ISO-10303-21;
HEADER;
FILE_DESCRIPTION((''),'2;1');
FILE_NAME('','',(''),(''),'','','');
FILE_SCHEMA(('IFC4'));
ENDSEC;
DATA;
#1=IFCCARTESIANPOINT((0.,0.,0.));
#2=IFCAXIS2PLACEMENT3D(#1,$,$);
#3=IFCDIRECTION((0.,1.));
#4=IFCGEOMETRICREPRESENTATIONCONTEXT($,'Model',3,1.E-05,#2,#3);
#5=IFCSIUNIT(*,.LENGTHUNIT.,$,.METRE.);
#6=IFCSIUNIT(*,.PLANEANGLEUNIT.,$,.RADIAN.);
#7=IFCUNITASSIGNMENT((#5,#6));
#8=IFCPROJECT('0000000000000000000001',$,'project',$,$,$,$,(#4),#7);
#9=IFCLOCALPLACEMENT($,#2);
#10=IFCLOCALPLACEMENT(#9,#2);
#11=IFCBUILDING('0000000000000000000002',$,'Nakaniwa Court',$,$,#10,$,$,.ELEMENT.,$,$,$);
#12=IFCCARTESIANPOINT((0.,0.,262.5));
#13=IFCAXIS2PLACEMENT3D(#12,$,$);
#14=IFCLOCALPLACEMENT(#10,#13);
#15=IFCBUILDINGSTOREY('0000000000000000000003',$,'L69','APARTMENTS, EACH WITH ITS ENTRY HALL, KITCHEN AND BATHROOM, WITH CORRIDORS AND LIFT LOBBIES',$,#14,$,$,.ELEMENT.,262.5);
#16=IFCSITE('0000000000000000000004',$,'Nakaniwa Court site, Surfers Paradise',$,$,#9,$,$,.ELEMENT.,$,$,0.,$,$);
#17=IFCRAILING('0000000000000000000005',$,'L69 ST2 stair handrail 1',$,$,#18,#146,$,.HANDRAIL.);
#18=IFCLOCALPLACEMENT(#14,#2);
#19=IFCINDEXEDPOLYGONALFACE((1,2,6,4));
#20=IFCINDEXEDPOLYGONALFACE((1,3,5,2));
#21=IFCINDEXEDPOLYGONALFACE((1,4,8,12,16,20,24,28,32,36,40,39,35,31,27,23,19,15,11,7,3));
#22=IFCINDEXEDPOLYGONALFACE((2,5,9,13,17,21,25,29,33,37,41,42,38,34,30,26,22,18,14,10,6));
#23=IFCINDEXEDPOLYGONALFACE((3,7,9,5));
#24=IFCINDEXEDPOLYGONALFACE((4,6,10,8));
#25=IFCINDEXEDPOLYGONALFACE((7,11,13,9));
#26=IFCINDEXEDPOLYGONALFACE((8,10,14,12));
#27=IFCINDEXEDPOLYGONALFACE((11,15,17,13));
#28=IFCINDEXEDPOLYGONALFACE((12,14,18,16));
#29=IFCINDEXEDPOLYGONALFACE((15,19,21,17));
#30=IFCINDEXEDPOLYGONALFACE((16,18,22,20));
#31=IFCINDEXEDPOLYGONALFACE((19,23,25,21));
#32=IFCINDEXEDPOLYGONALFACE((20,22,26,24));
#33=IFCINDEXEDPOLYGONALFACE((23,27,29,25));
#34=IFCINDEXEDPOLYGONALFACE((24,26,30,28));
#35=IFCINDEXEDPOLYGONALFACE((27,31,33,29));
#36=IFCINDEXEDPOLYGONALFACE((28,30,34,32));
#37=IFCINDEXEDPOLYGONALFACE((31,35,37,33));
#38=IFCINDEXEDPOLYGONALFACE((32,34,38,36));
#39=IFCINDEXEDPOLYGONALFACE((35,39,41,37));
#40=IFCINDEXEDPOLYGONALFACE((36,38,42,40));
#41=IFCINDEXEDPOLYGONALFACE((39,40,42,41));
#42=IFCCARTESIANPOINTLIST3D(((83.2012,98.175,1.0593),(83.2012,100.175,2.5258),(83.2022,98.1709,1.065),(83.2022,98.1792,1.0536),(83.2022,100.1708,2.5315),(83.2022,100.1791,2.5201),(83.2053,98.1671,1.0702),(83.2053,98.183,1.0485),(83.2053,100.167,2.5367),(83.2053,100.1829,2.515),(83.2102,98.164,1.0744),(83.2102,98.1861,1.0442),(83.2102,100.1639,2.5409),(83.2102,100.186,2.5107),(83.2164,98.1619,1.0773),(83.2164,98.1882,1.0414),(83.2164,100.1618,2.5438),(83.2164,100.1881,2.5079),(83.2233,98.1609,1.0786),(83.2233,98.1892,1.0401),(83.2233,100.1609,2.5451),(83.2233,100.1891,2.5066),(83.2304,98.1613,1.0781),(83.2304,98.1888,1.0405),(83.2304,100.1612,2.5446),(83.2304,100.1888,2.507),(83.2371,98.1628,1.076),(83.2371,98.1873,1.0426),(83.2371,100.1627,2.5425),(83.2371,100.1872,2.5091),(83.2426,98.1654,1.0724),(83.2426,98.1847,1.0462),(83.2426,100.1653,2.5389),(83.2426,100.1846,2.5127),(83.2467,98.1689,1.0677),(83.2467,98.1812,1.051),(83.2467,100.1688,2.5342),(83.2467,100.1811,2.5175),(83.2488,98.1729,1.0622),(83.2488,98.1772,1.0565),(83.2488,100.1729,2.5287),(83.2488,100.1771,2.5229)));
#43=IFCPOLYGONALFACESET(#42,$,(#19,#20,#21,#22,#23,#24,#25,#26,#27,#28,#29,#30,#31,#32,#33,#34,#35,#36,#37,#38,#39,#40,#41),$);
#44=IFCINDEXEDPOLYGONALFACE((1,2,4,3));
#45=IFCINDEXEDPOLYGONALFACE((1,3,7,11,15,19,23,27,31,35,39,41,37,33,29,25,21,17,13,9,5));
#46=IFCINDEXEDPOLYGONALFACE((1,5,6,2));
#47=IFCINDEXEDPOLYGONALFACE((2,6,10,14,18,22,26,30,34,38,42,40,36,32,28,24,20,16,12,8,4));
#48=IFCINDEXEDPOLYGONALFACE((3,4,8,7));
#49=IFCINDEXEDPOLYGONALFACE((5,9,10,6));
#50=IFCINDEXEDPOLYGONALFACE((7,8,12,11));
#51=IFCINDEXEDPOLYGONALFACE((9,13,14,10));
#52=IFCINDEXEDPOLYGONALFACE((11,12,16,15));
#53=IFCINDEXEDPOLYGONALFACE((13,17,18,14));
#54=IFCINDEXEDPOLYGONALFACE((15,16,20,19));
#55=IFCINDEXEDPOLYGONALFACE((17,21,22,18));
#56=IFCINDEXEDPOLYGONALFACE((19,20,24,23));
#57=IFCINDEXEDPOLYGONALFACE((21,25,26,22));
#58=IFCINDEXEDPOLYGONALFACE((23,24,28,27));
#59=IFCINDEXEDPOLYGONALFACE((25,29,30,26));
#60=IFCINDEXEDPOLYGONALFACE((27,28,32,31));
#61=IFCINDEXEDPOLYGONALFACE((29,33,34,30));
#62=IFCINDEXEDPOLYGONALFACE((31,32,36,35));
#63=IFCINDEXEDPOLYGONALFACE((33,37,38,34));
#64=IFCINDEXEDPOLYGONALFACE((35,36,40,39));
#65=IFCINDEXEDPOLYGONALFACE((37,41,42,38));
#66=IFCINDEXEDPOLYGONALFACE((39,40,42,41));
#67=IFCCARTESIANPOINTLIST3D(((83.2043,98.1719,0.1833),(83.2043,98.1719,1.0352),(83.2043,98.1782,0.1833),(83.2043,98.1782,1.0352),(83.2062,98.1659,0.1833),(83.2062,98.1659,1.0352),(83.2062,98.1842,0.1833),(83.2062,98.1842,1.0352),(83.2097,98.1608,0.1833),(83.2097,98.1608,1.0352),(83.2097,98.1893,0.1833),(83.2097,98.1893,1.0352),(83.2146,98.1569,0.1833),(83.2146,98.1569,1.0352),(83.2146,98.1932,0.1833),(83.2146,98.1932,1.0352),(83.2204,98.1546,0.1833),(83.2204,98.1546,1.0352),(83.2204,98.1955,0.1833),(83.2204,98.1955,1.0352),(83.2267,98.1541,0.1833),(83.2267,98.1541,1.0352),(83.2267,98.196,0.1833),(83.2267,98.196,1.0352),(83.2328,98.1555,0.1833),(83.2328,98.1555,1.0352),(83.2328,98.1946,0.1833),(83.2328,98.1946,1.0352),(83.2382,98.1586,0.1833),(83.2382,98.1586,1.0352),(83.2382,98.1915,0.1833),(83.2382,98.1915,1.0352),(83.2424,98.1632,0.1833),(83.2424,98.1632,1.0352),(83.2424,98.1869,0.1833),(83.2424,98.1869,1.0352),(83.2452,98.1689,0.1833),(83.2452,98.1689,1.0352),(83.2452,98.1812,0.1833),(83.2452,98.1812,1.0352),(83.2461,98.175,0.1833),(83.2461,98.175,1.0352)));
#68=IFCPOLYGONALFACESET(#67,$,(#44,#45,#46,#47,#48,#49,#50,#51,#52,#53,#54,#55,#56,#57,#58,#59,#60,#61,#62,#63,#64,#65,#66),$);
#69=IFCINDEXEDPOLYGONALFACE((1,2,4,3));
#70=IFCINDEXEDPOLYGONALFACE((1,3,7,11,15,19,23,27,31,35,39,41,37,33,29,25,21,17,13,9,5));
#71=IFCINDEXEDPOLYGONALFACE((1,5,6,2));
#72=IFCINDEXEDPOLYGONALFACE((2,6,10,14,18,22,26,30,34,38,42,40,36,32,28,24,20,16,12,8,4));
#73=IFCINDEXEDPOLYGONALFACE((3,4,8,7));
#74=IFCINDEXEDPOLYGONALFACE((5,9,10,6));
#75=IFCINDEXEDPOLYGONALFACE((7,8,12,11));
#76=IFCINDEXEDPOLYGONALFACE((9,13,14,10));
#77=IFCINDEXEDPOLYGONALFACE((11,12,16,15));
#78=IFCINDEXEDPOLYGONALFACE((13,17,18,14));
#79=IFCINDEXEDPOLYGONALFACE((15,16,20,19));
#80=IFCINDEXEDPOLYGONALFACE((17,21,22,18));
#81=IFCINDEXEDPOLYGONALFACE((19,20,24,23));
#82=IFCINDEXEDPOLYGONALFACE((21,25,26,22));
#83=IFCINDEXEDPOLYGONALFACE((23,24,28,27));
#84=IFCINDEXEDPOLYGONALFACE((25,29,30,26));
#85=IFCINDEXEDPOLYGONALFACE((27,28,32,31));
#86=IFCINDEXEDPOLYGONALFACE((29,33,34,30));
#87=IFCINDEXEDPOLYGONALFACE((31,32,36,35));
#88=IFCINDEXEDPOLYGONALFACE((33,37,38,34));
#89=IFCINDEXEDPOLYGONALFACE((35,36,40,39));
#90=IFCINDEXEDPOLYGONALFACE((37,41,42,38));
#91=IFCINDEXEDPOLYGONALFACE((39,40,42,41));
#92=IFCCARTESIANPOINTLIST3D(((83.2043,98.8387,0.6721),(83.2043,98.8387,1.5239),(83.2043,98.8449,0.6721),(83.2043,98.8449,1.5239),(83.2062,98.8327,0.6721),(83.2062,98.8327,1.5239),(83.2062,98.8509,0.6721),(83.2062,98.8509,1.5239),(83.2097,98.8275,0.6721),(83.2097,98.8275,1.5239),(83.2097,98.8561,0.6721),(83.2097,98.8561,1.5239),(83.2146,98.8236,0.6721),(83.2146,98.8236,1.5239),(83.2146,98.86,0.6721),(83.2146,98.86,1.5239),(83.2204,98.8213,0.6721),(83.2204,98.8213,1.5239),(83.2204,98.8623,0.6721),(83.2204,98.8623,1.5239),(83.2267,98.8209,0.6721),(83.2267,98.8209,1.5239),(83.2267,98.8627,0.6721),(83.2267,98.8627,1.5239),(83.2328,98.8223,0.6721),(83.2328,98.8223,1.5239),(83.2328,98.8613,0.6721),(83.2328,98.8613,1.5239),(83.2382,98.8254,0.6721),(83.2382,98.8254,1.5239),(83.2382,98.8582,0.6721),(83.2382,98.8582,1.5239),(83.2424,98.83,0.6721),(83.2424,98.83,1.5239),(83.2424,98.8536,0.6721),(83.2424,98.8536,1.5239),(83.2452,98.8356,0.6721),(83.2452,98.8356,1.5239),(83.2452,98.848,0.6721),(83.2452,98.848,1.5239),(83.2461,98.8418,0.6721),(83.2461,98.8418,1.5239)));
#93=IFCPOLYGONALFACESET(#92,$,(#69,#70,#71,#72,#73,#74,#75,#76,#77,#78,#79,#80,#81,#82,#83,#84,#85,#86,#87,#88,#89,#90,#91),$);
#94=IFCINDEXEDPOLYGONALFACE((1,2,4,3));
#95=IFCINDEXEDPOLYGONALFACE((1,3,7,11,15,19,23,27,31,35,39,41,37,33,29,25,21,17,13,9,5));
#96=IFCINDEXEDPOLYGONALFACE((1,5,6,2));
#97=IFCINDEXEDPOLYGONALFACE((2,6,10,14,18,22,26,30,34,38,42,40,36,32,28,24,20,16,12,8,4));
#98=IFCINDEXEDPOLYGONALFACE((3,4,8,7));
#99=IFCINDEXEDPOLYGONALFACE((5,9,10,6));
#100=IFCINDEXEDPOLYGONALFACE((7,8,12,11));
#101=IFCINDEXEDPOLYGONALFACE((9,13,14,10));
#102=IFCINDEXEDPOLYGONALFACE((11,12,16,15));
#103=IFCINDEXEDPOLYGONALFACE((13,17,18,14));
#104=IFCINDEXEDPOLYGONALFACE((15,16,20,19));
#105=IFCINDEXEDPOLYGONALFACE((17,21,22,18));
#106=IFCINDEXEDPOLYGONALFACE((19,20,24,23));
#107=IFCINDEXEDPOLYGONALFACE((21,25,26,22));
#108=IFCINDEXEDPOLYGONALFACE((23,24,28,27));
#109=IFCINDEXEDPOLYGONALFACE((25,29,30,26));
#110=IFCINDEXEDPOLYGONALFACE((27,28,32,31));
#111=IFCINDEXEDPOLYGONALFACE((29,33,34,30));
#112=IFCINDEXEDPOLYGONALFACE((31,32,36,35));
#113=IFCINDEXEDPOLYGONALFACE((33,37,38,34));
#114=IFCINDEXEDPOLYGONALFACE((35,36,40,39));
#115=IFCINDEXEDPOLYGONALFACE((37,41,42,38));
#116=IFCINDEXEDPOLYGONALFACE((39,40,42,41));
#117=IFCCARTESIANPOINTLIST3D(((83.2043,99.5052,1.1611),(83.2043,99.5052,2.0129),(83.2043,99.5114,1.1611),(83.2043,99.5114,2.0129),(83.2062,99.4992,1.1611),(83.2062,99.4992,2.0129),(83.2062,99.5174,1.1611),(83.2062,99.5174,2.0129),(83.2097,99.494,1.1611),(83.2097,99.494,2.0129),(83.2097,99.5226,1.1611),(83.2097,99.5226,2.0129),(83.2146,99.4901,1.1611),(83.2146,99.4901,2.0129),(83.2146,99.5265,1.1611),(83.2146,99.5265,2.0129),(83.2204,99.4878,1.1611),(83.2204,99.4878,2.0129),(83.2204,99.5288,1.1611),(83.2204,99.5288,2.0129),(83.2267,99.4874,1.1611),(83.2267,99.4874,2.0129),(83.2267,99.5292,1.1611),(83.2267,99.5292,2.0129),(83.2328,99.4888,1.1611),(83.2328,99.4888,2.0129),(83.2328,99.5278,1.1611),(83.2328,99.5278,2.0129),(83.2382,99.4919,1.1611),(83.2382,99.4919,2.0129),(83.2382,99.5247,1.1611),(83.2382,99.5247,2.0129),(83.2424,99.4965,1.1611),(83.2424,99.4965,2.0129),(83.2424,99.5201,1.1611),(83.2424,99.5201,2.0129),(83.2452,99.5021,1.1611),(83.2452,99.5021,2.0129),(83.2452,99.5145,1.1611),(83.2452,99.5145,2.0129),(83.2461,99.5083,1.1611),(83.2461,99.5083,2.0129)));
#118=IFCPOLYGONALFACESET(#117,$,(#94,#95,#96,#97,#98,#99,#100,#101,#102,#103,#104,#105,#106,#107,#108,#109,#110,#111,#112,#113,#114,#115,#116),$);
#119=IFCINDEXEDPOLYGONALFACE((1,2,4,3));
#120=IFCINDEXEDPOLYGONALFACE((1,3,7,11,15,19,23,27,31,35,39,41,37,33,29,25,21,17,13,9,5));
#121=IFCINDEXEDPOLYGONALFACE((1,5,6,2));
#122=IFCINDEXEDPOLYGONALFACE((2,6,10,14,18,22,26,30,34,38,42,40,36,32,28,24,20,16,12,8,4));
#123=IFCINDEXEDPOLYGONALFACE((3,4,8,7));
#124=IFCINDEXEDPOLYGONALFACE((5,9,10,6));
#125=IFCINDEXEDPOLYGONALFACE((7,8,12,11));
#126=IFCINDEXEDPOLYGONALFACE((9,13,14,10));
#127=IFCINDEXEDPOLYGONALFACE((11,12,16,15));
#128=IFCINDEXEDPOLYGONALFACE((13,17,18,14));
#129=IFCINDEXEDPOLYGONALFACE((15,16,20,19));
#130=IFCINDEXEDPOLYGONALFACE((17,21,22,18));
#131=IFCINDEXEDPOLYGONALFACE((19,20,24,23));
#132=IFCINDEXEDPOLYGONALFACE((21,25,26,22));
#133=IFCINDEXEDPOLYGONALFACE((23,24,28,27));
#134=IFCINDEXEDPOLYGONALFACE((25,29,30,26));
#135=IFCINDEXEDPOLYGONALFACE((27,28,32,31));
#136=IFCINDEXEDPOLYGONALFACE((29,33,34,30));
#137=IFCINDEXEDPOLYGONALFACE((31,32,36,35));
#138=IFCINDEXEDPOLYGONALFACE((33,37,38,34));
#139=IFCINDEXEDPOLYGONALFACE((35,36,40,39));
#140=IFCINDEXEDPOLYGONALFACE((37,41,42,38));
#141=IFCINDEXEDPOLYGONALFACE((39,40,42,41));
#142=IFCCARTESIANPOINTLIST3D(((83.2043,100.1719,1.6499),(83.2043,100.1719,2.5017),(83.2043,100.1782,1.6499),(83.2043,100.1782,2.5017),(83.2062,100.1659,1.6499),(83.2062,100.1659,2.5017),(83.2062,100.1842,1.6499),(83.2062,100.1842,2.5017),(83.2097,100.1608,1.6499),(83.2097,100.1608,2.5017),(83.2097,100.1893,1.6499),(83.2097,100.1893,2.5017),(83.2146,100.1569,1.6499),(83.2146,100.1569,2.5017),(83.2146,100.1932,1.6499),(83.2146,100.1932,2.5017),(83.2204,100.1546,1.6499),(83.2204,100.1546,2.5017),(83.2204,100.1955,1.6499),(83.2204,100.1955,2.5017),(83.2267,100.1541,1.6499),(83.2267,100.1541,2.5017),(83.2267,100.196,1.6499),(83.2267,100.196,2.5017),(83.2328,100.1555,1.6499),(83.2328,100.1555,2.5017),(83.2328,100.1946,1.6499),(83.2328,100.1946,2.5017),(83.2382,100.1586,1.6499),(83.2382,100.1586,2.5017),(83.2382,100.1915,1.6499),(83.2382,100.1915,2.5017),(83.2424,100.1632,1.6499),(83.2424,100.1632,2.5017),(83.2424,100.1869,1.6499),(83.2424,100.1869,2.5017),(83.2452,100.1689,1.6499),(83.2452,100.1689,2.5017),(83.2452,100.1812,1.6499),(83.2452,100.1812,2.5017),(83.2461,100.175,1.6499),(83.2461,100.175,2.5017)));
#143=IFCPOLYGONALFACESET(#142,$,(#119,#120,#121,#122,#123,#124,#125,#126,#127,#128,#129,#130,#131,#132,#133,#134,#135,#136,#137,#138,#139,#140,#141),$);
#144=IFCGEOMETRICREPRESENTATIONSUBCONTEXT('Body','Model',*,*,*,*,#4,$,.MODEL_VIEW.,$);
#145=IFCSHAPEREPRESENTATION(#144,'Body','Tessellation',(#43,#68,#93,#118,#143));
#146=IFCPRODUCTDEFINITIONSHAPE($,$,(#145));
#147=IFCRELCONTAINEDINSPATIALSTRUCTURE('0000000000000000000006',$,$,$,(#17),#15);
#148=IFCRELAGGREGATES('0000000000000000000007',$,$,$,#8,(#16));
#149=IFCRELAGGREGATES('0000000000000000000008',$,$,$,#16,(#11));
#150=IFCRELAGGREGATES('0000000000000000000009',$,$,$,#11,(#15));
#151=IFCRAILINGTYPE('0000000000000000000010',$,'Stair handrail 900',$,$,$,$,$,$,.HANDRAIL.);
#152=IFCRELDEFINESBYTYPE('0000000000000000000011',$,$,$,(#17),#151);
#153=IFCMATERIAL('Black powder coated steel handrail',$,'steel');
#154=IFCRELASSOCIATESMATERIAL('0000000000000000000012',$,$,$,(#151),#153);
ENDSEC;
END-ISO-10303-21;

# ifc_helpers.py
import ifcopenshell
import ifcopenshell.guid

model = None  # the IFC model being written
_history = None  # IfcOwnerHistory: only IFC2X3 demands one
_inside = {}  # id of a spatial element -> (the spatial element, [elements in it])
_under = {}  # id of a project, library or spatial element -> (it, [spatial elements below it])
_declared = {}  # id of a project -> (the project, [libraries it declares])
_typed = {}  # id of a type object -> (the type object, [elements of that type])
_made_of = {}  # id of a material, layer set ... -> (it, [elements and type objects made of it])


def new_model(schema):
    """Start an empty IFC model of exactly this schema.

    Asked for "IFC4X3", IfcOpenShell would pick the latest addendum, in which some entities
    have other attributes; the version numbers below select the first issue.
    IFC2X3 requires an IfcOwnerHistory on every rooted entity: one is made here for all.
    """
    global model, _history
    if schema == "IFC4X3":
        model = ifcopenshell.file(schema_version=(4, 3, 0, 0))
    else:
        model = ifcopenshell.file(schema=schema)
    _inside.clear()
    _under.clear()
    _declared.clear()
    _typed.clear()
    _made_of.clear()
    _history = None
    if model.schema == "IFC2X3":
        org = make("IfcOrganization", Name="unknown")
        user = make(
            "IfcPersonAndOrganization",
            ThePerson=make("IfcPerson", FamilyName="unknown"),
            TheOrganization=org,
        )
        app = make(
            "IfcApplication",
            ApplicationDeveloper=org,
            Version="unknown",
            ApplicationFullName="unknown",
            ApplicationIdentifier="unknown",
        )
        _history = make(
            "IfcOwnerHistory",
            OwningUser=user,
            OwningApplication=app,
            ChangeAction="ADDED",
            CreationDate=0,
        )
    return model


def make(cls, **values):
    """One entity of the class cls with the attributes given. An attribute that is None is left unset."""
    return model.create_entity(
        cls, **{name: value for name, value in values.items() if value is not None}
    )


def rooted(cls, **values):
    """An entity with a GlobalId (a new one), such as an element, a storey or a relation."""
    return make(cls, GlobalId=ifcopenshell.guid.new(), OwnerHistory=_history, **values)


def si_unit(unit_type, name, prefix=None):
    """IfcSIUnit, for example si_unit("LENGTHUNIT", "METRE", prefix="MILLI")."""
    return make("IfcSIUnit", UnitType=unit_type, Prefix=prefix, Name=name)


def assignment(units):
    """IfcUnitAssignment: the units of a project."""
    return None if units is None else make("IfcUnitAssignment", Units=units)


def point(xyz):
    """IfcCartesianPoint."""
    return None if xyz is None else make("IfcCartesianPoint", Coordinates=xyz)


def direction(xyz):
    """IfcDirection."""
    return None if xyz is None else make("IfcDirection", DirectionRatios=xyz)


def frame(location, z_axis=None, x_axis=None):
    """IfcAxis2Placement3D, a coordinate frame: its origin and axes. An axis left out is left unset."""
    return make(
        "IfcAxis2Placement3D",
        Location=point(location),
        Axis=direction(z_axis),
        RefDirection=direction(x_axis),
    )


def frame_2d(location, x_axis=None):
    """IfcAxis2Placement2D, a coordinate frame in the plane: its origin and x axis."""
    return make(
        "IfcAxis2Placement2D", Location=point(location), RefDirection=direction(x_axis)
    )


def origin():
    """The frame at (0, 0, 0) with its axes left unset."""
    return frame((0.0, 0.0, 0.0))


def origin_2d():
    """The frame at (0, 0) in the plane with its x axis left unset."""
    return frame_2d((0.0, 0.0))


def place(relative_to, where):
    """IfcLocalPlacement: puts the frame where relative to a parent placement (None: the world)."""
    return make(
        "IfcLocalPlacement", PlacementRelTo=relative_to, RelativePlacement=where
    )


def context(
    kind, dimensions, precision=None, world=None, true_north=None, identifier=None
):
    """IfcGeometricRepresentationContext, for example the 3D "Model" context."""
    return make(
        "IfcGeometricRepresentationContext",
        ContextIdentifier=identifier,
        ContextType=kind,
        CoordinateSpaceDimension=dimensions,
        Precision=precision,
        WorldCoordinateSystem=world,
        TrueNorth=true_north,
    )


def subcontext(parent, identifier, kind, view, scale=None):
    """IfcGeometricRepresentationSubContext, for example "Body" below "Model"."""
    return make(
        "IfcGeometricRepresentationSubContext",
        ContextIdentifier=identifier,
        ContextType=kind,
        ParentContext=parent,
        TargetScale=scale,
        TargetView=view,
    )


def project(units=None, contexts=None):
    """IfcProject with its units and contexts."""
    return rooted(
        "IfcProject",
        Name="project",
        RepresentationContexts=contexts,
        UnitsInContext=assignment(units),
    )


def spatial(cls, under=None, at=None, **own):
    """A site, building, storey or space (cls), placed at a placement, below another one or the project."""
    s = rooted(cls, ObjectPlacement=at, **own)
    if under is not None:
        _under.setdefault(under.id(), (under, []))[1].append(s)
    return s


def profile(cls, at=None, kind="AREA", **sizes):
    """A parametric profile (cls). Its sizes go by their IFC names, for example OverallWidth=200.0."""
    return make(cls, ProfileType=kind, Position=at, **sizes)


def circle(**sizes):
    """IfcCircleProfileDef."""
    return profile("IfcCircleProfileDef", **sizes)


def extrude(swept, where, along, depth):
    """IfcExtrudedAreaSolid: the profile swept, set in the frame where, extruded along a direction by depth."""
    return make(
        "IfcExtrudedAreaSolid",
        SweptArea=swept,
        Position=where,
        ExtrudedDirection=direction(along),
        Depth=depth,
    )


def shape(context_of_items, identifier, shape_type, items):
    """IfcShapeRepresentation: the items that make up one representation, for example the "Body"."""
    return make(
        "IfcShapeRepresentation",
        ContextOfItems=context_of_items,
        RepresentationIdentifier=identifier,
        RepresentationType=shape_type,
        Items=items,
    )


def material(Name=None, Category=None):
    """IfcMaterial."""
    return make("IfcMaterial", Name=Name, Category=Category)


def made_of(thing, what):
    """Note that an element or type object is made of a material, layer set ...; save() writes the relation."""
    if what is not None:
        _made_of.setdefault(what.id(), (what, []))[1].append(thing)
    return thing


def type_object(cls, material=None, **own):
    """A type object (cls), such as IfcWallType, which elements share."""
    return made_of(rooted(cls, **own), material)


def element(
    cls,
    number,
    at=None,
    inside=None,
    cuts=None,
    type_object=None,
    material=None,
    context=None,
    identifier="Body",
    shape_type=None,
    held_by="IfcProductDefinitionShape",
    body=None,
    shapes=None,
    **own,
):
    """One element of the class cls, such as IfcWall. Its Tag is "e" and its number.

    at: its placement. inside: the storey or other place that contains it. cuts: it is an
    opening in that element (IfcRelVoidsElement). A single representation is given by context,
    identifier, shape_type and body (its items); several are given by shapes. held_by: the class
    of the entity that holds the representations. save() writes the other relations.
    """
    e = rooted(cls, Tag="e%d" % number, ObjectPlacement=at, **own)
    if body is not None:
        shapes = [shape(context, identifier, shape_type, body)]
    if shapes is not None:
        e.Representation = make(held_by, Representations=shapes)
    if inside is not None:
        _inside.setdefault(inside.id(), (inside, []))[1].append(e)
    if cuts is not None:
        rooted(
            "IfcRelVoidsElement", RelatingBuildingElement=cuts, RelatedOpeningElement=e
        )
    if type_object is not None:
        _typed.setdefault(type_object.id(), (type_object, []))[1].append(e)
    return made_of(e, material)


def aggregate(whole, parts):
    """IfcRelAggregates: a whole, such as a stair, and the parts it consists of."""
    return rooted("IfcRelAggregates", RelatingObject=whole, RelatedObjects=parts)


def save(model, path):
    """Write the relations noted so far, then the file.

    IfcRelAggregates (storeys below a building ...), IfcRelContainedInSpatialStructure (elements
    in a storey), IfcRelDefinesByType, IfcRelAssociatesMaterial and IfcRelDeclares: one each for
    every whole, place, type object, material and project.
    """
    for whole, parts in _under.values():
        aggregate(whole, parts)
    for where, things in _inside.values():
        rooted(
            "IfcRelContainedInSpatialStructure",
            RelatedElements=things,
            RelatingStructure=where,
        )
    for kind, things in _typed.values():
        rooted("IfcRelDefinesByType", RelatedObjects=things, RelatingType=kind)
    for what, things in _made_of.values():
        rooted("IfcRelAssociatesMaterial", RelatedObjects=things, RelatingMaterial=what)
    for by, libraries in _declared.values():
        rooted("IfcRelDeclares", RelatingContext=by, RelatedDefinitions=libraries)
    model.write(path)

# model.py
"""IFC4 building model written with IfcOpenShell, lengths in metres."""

from ifc_helpers import new_model, si_unit, direction, frame, origin, origin_2d, place, context, subcontext, project, spatial, circle, extrude, material, type_object, element, save


model = new_model("IFC4")

# Units and contexts
model_context = context("Model", 3, precision=1e-05, world=origin(), true_north=direction((0.0, 1.0)))
body_context = subcontext(model_context, "Body", "Model", "MODEL_VIEW")
ifc_project = project(units=[si_unit("LENGTHUNIT", "METRE"), si_unit("PLANEANGLEUNIT", "RADIAN")], contexts=[model_context])

# Site, building, storey
site_placement = place(None, origin())
site = spatial("IfcSite", under=ifc_project, at=site_placement, Name="Nakaniwa Court site, Surfers Paradise", CompositionType="ELEMENT", RefElevation=0.0)
building_placement = place(site_placement, origin())
building = spatial("IfcBuilding", under=site, at=building_placement, Name="Nakaniwa Court", CompositionType="ELEMENT")
storey_placement = place(building_placement, frame((0.0, 0.0, 262.5)))
storey = spatial("IfcBuildingStorey", under=building, at=storey_placement, Name="L69", Description="APARTMENTS, EACH WITH ITS ENTRY HALL, KITCHEN AND BATHROOM, WITH CORRIDORS AND LIFT LOBBIES", CompositionType="ELEMENT", Elevation=262.5)

# Railing
ifc_material_1 = material(Name="Black powder coated steel handrail", Category="steel")
railing_type_1 = type_object("IfcRailingType", Name="Stair handrail 900", PredefinedType="HANDRAIL", material=ifc_material_1)
railing_1_placement = place(storey_placement, frame((83.2251, 98.175, 0.1833)))
element("IfcRailing", 1, at=railing_1_placement, inside=storey, type_object=railing_type_1, Name="L69 ST2 stair handrail 1", PredefinedType="HANDRAIL", context=body_context, shape_type="SweptSolid", body=[
    extrude(circle(Radius=0.0239, at=origin_2d()), frame((0.0, 0.0, 0.876), z_axis=(0.0, 0.806427, 0.591334), x_axis=(-1.0, 0.0, 0.0)), (0.0, 0.0, 1.0), 2.48),
    extrude(circle(Radius=0.021, at=origin_2d()), origin(), (0.0, 0.0, 1.0), 0.8518),
    extrude(circle(Radius=0.021, at=origin_2d()), frame((0.0, 0.6667, 0.4888)), (0.0, 0.0, 1.0), 0.8518),
    extrude(circle(Radius=0.021, at=origin_2d()), frame((0.0, 1.3333, 0.9778)), (0.0, 0.0, 1.0), 0.8518),
    extrude(circle(Radius=0.021, at=origin_2d()), frame((0.0, 2.0, 1.4666)), (0.0, 0.0, 1.0), 0.8518),
])

save(model, "model.ifc")
